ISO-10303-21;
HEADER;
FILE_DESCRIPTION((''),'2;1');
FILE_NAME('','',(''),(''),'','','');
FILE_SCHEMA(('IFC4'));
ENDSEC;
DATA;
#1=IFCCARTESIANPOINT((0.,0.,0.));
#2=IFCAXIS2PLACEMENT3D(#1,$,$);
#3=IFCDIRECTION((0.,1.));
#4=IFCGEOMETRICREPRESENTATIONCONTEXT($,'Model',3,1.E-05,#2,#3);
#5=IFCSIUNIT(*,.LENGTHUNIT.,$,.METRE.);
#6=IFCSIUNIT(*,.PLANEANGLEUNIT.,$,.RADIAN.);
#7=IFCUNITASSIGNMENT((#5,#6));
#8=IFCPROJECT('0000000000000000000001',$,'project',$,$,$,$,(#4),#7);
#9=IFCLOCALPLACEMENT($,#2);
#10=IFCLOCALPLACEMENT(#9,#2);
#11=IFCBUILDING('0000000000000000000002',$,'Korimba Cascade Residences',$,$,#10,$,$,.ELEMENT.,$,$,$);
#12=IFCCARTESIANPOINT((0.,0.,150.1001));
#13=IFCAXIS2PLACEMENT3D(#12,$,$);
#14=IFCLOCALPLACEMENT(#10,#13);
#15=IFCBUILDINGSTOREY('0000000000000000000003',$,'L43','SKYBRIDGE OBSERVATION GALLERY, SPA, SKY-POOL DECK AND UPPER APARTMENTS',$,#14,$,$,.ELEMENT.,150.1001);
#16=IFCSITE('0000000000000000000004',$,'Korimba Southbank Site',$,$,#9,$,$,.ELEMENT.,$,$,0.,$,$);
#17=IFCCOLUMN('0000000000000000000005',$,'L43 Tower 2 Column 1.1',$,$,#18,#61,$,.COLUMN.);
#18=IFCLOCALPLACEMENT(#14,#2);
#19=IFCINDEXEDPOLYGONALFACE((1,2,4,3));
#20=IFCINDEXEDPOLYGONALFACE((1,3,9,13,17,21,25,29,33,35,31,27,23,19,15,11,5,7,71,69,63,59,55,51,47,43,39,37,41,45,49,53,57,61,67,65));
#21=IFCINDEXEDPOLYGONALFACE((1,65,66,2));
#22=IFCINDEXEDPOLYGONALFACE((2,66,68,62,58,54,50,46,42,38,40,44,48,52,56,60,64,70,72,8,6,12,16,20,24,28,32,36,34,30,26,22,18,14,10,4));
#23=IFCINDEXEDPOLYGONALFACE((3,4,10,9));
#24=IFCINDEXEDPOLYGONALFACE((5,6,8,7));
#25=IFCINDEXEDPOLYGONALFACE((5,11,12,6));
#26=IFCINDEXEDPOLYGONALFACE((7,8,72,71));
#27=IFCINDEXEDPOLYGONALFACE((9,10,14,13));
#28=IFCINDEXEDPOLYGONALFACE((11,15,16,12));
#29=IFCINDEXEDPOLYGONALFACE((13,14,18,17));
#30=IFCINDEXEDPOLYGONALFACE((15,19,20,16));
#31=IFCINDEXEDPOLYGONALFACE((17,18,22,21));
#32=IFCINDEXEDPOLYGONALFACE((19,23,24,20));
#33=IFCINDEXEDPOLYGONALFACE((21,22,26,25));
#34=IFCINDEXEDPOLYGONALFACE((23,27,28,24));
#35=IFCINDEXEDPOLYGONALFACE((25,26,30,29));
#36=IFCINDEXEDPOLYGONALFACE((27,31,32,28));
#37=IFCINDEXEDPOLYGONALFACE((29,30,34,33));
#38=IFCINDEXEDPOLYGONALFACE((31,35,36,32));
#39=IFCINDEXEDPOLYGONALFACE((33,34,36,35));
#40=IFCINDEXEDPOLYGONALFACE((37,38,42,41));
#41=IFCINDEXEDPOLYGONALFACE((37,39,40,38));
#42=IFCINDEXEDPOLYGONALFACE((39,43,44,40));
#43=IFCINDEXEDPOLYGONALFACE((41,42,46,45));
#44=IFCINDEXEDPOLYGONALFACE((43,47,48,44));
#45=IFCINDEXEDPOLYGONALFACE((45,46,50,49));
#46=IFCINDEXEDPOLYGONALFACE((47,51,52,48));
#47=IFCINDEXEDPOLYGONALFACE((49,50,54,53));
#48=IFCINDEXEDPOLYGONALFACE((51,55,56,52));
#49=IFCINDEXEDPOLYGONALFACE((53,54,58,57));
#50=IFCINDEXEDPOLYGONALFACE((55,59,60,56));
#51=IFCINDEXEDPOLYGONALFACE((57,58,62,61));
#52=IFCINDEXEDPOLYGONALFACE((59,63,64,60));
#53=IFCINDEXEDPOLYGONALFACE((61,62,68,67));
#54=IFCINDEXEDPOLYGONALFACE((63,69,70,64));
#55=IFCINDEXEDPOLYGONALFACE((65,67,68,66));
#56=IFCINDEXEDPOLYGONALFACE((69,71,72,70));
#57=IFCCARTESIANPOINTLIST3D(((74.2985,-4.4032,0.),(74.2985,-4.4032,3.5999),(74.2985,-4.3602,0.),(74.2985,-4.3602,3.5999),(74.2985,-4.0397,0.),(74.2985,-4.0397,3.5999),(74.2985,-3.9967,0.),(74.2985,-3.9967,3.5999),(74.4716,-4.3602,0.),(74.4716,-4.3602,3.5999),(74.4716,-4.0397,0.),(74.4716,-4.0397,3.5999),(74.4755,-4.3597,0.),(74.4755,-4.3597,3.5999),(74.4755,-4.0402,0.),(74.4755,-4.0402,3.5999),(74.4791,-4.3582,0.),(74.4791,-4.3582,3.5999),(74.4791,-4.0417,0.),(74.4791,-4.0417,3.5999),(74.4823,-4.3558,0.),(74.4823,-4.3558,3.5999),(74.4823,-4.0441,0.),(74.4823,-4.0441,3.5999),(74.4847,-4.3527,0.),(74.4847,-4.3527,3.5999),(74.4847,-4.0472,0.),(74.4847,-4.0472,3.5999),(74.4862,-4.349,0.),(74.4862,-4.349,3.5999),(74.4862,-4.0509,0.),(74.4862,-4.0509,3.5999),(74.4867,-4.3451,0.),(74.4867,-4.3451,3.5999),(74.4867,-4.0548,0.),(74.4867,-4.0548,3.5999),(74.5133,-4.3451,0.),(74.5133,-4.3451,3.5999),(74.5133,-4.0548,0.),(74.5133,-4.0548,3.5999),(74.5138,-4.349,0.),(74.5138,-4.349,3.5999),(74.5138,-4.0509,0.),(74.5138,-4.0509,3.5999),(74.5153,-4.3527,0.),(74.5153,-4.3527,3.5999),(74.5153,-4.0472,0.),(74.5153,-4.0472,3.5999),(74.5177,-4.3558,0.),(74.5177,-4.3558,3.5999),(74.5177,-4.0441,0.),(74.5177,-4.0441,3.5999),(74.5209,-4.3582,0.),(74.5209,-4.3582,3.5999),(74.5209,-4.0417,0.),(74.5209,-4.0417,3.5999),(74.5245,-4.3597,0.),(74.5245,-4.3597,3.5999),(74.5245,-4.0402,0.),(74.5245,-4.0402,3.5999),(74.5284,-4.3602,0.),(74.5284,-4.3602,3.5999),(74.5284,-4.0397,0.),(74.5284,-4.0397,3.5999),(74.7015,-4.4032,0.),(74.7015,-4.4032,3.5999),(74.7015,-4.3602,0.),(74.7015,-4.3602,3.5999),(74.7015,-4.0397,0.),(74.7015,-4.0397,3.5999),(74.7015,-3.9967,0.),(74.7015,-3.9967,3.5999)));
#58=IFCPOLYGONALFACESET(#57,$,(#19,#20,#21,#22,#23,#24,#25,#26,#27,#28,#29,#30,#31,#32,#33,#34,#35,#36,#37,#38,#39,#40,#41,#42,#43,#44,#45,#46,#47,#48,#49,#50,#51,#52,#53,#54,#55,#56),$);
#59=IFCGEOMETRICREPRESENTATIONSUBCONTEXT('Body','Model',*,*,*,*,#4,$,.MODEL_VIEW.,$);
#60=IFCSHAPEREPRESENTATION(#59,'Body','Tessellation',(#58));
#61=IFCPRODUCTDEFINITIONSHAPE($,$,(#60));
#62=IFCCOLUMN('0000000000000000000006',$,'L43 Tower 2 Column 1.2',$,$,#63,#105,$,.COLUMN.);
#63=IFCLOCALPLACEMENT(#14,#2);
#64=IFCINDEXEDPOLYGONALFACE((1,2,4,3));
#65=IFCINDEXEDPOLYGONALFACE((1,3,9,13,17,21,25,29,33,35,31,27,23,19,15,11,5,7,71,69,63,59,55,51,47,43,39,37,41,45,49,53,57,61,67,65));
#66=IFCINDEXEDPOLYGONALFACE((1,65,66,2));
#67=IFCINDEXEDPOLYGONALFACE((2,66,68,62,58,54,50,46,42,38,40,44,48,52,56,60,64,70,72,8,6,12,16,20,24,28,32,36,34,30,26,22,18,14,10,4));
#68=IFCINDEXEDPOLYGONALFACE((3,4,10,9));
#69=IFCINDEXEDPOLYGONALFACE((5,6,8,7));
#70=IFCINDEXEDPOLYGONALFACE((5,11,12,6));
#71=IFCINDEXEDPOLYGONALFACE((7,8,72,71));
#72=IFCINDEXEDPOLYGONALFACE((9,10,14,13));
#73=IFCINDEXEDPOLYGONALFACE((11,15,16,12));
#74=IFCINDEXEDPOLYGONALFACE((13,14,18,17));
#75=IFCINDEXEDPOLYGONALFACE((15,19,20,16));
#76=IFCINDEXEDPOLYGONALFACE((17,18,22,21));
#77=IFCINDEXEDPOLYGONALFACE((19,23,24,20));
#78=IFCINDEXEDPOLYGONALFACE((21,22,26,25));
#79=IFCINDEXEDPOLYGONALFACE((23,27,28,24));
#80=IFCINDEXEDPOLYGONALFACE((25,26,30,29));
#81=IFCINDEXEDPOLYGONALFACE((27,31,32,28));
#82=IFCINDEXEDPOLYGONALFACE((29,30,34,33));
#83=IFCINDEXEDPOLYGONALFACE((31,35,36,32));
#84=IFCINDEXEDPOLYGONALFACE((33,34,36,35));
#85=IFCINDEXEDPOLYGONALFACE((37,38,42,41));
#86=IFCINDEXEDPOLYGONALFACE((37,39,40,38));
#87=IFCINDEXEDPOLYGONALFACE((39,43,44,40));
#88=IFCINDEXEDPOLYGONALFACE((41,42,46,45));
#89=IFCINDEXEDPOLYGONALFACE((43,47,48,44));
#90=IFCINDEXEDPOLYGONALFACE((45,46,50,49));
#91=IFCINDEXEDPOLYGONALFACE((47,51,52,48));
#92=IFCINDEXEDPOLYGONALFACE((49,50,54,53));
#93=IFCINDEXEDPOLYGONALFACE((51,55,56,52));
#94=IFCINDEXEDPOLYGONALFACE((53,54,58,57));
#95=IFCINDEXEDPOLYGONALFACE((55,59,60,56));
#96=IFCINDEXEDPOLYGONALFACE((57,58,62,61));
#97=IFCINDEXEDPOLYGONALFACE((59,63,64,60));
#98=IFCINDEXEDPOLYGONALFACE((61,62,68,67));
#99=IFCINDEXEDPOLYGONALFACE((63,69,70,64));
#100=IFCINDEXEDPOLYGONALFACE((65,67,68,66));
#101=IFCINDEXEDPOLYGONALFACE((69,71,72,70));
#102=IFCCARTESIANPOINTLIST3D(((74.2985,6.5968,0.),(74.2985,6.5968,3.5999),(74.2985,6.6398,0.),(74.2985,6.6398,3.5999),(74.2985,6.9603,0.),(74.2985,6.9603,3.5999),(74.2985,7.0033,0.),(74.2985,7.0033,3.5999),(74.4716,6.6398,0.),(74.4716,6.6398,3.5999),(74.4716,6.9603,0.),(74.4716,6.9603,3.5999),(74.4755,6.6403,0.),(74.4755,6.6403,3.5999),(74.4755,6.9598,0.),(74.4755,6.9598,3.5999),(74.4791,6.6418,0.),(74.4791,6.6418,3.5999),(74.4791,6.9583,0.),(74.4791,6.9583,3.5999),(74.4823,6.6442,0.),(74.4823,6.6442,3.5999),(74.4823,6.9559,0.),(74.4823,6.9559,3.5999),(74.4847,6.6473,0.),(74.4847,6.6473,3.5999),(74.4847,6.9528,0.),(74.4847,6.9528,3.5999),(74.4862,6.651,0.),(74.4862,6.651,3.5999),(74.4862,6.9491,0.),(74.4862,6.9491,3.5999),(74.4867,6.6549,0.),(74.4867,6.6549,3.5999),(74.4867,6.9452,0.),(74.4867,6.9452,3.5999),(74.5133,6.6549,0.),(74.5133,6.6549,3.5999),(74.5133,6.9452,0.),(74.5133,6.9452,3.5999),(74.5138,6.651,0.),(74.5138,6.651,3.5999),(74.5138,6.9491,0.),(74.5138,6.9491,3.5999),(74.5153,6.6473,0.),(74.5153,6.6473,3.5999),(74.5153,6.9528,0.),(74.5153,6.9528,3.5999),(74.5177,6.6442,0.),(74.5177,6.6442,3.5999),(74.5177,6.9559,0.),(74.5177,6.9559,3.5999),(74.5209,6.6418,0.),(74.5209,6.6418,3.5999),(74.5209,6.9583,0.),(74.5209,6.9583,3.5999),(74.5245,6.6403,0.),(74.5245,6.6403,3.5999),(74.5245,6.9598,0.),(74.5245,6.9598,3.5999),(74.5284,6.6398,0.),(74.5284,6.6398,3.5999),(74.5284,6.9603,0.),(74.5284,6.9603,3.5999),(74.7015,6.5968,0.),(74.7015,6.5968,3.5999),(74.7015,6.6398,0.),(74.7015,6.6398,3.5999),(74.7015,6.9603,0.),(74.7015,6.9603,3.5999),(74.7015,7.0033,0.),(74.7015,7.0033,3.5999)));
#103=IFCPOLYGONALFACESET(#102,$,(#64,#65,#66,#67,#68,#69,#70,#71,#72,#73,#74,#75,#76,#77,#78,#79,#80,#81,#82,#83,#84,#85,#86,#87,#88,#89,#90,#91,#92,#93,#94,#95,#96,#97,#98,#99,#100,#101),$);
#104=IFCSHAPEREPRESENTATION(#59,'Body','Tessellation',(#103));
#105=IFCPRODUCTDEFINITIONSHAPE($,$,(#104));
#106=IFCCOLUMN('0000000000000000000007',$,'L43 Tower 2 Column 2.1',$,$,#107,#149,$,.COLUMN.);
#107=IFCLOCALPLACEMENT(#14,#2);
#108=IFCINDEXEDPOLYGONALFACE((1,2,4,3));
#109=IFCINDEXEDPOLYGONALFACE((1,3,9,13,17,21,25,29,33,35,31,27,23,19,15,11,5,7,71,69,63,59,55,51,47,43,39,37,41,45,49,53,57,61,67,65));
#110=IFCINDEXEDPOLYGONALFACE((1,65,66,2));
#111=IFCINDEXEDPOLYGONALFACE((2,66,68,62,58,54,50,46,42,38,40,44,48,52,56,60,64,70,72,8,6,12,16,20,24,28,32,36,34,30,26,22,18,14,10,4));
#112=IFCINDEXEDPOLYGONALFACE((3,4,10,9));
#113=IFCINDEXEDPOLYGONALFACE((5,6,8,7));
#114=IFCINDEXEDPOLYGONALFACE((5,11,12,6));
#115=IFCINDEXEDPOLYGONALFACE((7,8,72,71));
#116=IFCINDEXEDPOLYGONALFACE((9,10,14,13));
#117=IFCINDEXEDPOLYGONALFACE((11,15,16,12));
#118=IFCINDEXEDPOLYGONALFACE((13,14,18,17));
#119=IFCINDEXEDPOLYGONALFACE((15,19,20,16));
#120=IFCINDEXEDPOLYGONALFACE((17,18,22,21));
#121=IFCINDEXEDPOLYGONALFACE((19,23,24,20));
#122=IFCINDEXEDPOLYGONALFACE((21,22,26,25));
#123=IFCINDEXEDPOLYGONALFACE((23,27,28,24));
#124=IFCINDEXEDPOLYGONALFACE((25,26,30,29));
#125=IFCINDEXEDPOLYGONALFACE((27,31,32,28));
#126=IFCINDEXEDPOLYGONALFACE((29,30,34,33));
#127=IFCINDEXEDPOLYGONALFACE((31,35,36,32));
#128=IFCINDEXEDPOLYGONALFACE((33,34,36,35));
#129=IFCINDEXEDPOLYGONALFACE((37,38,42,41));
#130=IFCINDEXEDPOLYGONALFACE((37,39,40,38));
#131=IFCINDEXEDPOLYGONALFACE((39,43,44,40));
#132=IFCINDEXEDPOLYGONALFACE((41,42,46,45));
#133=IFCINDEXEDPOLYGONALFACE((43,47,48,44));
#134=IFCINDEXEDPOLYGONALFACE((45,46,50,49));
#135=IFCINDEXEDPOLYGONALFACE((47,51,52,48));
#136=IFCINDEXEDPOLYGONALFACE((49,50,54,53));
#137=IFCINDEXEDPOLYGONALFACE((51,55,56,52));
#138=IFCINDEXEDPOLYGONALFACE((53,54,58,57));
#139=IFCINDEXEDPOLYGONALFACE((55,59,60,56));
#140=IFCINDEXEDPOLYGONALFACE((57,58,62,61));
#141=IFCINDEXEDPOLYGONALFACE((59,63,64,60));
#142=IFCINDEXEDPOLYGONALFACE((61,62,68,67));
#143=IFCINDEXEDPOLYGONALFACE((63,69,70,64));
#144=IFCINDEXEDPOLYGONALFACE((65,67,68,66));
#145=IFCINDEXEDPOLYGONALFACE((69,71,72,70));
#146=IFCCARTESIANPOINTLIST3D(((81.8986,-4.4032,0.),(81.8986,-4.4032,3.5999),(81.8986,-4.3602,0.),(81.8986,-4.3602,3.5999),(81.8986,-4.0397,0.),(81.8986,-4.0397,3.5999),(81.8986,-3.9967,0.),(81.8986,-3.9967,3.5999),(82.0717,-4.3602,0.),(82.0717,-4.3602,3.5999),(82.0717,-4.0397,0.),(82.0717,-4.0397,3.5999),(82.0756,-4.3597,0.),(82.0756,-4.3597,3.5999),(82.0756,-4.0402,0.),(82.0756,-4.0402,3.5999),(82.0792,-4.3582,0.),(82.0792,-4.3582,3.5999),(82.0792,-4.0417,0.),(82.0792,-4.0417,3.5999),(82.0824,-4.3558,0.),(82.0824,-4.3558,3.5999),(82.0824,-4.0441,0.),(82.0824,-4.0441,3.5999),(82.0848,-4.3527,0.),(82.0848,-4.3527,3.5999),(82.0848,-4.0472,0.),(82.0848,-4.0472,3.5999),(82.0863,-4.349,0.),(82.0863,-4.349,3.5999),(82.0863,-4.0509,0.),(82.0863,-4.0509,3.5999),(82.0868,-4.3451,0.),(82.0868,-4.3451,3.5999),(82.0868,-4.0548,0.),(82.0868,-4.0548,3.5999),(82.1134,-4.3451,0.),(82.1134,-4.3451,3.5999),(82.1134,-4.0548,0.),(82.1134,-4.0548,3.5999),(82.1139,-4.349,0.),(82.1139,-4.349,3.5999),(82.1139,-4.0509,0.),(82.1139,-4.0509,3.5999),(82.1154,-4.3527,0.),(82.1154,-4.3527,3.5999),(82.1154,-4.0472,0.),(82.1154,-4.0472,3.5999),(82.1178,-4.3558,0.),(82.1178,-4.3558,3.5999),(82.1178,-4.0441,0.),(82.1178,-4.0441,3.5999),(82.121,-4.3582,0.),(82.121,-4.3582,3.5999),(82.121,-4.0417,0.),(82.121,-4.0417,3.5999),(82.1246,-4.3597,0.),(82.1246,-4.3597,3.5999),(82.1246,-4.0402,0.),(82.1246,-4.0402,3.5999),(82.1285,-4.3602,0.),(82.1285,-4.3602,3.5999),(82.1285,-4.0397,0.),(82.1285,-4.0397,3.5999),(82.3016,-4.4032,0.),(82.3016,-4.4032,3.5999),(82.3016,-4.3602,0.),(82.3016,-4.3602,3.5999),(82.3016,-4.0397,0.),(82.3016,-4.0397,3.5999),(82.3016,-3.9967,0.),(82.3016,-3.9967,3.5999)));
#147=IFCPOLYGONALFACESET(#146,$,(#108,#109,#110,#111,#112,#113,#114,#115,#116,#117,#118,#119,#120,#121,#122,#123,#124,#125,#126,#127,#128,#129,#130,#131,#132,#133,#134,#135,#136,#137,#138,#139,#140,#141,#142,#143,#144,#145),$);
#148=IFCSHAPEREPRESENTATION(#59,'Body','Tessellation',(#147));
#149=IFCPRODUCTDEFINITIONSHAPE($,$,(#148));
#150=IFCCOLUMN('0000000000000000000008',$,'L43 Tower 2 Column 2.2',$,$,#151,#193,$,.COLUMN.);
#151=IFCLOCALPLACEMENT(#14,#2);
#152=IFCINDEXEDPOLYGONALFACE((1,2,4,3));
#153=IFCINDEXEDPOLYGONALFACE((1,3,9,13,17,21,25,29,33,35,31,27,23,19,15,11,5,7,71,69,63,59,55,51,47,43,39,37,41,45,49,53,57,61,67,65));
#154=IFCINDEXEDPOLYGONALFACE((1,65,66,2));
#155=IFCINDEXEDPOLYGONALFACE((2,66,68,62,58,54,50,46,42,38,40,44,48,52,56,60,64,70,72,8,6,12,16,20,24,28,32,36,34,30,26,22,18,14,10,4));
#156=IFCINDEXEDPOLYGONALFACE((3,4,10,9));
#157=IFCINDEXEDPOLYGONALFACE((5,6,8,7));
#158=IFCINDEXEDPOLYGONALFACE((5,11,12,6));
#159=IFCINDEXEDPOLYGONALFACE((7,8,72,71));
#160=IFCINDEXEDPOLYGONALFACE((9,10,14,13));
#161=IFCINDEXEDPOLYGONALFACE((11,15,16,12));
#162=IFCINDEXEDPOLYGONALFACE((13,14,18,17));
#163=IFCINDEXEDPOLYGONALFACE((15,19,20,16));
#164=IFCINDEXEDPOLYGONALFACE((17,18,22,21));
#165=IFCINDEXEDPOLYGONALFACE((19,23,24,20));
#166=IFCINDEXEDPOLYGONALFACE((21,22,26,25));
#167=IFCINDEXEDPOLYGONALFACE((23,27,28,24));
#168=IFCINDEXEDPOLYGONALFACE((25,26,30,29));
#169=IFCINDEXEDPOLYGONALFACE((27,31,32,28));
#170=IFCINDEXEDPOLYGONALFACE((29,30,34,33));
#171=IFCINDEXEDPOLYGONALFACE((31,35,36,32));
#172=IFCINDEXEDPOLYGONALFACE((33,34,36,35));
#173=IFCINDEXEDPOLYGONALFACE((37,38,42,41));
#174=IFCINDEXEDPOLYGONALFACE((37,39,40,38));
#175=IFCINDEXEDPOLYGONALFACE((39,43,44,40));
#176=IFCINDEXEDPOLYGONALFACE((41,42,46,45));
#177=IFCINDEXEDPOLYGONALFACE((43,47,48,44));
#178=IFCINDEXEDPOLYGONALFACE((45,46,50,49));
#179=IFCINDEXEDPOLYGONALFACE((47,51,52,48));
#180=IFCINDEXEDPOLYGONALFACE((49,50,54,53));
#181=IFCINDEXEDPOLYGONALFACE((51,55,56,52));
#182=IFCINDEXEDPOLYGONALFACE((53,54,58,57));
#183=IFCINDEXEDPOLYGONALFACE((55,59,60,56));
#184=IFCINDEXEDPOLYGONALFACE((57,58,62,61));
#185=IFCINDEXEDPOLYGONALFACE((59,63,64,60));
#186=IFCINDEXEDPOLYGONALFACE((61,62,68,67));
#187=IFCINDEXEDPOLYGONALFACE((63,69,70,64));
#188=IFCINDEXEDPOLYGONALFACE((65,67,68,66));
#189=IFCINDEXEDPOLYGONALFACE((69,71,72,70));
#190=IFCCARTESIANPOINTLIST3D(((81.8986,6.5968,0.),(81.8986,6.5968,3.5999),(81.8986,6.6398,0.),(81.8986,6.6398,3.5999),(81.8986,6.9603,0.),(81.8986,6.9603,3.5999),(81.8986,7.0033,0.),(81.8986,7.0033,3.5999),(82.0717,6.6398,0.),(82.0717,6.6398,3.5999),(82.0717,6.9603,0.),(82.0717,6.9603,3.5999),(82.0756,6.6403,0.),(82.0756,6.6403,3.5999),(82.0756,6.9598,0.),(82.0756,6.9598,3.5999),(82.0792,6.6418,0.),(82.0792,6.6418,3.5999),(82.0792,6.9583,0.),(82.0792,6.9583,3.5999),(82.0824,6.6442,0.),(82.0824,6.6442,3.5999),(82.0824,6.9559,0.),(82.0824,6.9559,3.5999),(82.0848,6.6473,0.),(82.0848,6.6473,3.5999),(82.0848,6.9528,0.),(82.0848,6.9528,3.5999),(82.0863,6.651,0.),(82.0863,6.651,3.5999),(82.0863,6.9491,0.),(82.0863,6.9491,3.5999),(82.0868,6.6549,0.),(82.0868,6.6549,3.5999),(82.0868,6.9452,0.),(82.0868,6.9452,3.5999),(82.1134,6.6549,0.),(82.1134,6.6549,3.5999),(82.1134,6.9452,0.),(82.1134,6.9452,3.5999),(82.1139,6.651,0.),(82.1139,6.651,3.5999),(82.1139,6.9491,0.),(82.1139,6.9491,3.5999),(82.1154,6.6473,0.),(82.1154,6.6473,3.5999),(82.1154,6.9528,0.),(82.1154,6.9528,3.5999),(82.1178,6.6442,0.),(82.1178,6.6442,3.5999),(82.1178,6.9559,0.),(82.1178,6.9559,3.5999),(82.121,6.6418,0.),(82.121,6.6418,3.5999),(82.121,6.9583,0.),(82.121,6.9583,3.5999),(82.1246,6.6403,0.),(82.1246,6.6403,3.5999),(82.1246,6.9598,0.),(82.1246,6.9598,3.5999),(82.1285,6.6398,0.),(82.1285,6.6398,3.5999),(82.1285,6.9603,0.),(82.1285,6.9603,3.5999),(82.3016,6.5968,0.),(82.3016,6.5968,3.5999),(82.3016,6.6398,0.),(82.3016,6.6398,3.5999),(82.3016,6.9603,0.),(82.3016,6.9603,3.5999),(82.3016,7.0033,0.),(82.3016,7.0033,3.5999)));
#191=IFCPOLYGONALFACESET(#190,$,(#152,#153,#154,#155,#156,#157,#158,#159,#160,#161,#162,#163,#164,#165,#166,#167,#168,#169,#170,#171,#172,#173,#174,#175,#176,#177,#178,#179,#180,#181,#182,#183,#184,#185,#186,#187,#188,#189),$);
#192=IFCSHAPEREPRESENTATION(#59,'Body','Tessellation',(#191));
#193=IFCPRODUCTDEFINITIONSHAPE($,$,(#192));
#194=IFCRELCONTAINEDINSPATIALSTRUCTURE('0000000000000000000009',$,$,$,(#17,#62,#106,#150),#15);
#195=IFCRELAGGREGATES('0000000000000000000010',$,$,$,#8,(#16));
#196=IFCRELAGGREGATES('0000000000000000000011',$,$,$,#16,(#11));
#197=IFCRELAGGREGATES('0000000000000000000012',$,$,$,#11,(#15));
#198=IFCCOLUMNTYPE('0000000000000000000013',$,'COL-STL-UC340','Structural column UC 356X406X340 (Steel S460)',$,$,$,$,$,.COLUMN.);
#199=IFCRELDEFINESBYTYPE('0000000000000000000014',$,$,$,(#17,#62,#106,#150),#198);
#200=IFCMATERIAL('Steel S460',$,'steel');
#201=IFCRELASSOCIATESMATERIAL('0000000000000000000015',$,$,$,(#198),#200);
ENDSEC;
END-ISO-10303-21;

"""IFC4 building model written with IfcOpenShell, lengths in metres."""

from ifc_helpers import new_model, si_unit, direction, frame, origin, origin_2d, place, context, subcontext, project, spatial, i_section, extrude, material, material_profile, profile_set, type_object, element, save


model = new_model("IFC4")

# Units and contexts
model_context = context("Model", 3, precision=1e-05, world=origin(), true_north=direction((0.0, 1.0)))
body_context = subcontext(model_context, "Body", "Model", "MODEL_VIEW")
ifc_project = project(units=[si_unit("LENGTHUNIT", "METRE"), si_unit("PLANEANGLEUNIT", "RADIAN")], contexts=[model_context])

# Site, building, storey
site_placement = place(None, origin())
site = spatial("IfcSite", under=ifc_project, at=site_placement, Name="Korimba Southbank Site", CompositionType="ELEMENT", RefElevation=0.0)
building_placement = place(site_placement, origin())
building = spatial("IfcBuilding", under=site, at=building_placement, Name="Korimba Cascade Residences", CompositionType="ELEMENT")
storey_placement = place(building_placement, frame((0.0, 0.0, 150.1001)))
storey = spatial("IfcBuildingStorey", under=building, at=storey_placement, Name="L43", Description="SKYBRIDGE OBSERVATION GALLERY, SPA, SKY-POOL DECK AND UPPER APARTMENTS", CompositionType="ELEMENT", Elevation=150.1001)

# Columns
ifc_material_1 = material(Name="Steel S460", Category="steel")
ifc_material_profile_1 = material_profile(ifc_material_1, i_section(OverallWidth=0.4031, OverallDepth=0.4065, WebThickness=0.0266, FlangeThickness=0.043, FilletRadius=0.0151, at=origin_2d()), Name="Steel S460")
ifc_profile_set_1 = profile_set([ifc_material_profile_1], Name="Steel S460")
column_type = type_object("IfcColumnType", Name="COL-STL-UC340", Description="Structural column UC 356X406X340 (Steel S460)", PredefinedType="COLUMN", material=ifc_profile_set_1)
for number, where, z_axis, x_axis, name in (
    (1, (74.5, -4.2, 0.0), (0.0, 0.0, 1.0), (1.0, 0.0, 0.0), "L43 Tower 2 Column 1.1"),
    (2, (74.5, 6.8, 0.0), (0.0, 0.0, 1.0), (1.0, 0.0, 0.0), "L43 Tower 2 Column 1.2"),
    (3, (82.1001, -4.2, 0.0), (0.0, 0.0, 1.0), (1.0, 0.0, 0.0), "L43 Tower 2 Column 2.1"),
    (4, (82.1001, 6.8, 0.0), (0.0, 0.0, 1.0), (1.0, 0.0, 0.0), "L43 Tower 2 Column 2.2"),
):
    element("IfcColumn", number, at=place(storey_placement, frame(where, z_axis=z_axis, x_axis=x_axis)), inside=storey, type_object=column_type, Name=name, PredefinedType="COLUMN", context=body_context, shape_type="SweptSolid", body=[
        extrude(i_section(OverallWidth=0.4031, OverallDepth=0.4065, WebThickness=0.0266, FlangeThickness=0.043, FilletRadius=0.0151, at=origin_2d()), origin(), (0.0, 0.0, 1.0), 3.5999),
    ])

save(model, "model.ifc")
